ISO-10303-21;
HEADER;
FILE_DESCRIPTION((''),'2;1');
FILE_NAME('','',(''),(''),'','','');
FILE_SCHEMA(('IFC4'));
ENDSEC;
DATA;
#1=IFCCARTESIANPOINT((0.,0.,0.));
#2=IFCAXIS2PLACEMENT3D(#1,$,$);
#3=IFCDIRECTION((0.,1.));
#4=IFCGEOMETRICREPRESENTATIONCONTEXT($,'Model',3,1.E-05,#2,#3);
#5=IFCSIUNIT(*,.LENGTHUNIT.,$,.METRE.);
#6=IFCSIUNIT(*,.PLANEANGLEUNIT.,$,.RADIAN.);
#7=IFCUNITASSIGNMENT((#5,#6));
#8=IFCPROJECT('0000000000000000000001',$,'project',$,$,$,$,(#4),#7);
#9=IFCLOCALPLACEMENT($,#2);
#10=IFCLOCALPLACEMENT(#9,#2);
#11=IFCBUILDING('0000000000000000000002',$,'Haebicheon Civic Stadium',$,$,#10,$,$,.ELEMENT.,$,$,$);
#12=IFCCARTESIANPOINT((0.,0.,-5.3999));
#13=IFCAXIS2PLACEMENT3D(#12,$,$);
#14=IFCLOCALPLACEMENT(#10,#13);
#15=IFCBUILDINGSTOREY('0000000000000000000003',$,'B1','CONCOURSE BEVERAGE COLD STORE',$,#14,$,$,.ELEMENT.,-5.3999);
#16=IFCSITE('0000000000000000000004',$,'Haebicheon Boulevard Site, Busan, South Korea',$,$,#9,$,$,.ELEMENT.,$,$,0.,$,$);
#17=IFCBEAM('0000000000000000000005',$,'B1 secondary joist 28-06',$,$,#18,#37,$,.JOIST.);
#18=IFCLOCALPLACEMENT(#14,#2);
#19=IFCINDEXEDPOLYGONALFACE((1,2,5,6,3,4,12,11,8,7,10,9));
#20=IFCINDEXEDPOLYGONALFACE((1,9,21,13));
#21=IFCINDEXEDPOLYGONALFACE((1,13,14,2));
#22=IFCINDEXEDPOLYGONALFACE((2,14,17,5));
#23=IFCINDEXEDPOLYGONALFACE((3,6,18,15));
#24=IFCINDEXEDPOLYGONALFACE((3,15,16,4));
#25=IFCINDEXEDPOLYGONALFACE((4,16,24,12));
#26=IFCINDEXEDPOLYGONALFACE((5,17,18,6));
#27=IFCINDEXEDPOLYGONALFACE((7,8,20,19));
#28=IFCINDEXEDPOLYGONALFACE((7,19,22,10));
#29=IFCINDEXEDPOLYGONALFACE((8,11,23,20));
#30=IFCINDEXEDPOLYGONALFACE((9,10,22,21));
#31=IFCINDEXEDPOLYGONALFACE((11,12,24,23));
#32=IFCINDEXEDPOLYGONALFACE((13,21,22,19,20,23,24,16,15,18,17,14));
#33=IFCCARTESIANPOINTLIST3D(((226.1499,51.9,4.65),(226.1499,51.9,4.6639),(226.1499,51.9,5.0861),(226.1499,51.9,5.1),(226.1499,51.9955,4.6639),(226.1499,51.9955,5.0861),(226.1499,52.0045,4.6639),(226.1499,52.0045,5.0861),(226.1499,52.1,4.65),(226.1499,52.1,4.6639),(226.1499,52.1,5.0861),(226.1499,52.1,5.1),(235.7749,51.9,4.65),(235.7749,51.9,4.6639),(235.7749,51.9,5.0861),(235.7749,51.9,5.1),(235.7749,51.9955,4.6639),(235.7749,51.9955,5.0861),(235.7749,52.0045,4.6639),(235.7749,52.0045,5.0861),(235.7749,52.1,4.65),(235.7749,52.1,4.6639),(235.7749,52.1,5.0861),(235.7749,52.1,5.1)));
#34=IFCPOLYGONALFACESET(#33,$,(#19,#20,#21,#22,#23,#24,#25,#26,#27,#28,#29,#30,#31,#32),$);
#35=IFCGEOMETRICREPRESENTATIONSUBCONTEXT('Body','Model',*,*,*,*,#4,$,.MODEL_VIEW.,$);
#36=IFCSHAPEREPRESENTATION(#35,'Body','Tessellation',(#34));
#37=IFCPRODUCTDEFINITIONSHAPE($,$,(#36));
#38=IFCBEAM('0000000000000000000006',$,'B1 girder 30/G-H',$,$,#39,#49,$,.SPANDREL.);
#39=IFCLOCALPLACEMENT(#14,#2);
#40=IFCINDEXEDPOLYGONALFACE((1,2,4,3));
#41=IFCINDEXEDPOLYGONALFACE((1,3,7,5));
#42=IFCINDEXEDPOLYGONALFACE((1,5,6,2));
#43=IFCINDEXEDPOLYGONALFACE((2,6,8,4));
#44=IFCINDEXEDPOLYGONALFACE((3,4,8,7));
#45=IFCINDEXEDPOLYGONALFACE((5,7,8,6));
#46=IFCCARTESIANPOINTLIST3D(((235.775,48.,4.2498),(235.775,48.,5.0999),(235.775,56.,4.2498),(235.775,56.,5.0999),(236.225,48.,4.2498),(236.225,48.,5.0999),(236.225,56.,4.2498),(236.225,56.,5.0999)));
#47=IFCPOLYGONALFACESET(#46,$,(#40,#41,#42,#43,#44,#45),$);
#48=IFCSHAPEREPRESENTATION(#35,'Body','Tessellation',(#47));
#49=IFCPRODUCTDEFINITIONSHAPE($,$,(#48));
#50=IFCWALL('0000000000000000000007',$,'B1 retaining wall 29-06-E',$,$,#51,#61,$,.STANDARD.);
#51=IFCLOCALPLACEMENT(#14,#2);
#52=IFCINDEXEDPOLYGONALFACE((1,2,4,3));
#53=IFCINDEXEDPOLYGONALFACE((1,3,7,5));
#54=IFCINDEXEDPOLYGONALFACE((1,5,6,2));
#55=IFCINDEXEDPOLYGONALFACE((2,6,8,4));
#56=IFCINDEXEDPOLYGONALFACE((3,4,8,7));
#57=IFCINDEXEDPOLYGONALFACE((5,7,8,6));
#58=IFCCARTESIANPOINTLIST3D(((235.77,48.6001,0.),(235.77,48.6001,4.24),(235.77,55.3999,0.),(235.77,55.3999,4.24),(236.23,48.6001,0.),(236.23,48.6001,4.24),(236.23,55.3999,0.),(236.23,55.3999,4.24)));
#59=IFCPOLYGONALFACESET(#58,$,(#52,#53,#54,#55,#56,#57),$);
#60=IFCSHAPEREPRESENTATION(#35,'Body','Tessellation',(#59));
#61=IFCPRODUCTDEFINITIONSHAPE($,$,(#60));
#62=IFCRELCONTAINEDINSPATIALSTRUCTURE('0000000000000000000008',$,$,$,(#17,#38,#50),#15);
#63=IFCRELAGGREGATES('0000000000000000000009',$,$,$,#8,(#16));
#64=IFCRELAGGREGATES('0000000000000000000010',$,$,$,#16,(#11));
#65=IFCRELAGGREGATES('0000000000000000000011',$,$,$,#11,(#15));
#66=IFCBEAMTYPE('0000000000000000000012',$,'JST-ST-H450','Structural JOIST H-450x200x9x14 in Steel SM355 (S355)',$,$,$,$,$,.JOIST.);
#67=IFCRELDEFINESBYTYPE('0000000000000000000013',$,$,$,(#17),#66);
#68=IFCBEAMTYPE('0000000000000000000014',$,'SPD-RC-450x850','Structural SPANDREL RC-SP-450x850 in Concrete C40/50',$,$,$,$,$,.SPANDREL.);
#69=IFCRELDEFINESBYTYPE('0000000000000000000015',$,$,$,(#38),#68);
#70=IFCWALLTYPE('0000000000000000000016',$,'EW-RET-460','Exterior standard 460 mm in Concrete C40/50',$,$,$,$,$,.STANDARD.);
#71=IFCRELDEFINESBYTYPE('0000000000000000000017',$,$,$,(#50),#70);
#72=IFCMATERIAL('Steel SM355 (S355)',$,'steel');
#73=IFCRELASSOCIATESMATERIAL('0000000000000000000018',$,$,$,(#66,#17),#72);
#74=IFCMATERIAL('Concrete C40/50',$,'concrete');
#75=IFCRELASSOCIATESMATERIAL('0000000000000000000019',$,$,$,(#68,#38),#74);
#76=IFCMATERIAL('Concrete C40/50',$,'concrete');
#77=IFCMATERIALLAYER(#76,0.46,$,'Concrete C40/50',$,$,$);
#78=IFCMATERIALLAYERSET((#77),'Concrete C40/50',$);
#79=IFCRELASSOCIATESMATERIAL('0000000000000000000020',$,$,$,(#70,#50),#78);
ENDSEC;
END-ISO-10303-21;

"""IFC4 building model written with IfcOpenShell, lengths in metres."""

from ifc_helpers import new_model, si_unit, direction, frame, frame_2d, origin, origin_2d, place, context, subcontext, project, spatial, rectangle, i_section, extrude, material, layer, layer_set, material_profile, profile_set, type_object, element, save


model = new_model("IFC4")

# Units and contexts
model_context = context("Model", 3, precision=1e-05, world=origin(), true_north=direction((0.0, 1.0)))
body_context = subcontext(model_context, "Body", "Model", "MODEL_VIEW")
ifc_project = project(units=[si_unit("LENGTHUNIT", "METRE"), si_unit("PLANEANGLEUNIT", "RADIAN")], contexts=[model_context])

# Site, building, storey
site_placement = place(None, origin())
site = spatial("IfcSite", under=ifc_project, at=site_placement, Name="Haebicheon Boulevard Site, Busan, South Korea", CompositionType="ELEMENT", RefElevation=0.0)
building_placement = place(site_placement, origin())
building = spatial("IfcBuilding", under=site, at=building_placement, Name="Haebicheon Civic Stadium", CompositionType="ELEMENT")
storey_placement = place(building_placement, frame((0.0, 0.0, -5.3999)))
storey = spatial("IfcBuildingStorey", under=building, at=storey_placement, Name="B1", Description="CONCOURSE BEVERAGE COLD STORE", CompositionType="ELEMENT", Elevation=-5.3999)

# Beams
ifc_material_1 = material(Name="Steel SM355 (S355)", Category="steel")
ifc_material_profile_1 = material_profile(ifc_material_1, i_section(OverallWidth=0.2, OverallDepth=0.45, WebThickness=0.009, FlangeThickness=0.0139, at=origin_2d()), Name="H-450x200x9x14")
ifc_profile_set_1 = profile_set([ifc_material_profile_1], Name="Steel SM355 (S355)")
beam_type_1 = type_object("IfcBeamType", Name="JST-ST-H450", Description="Structural JOIST H-450x200x9x14 in Steel SM355 (S355)", PredefinedType="JOIST", material=ifc_profile_set_1)
for number, where, z_axis, x_axis, name in (
    (1, (226.1499, 52.0, 4.875), (1.0, 0.0, 0.0), (0.0, 1.0, 0.0), "B1 secondary joist 28-06"),
):
    element("IfcBeam", number, at=place(storey_placement, frame(where, z_axis=z_axis, x_axis=x_axis)), inside=storey, type_object=beam_type_1, material=ifc_profile_set_1, Name=name, PredefinedType="JOIST", context=body_context, shape_type="SweptSolid", body=[
        extrude(i_section(OverallWidth=0.2, OverallDepth=0.45, WebThickness=0.009, FlangeThickness=0.0139, at=origin_2d()), origin(), (0.0, 0.0, 1.0), 9.625),
    ])
ifc_material_2 = material(Name="Concrete C40/50", Category="concrete")
ifc_material_profile_2 = material_profile(ifc_material_2, rectangle(XDim=0.45, YDim=0.8501, at=origin_2d()), Name="RC-SP-450x850")
ifc_profile_set_2 = profile_set([ifc_material_profile_2], Name="Concrete C40/50")
beam_type_2 = type_object("IfcBeamType", Name="SPD-RC-450x850", Description="Structural SPANDREL RC-SP-450x850 in Concrete C40/50", PredefinedType="SPANDREL", material=ifc_profile_set_2)
beam_placement = place(storey_placement, frame((236.0, 48.0, 4.6748), z_axis=(0.0, 1.0, 0.0), x_axis=(-1.0, 0.0, 0.0)))
element("IfcBeam", 2, at=beam_placement, inside=storey, type_object=beam_type_2, material=ifc_profile_set_2, Name="B1 girder 30/G-H", PredefinedType="SPANDREL", context=body_context, shape_type="SweptSolid", body=[
    extrude(rectangle(XDim=0.45, YDim=0.8501, at=origin_2d()), origin(), (0.0, 0.0, 1.0), 8.0),
])

# Wall
ifc_material_3 = material(Name="Concrete C40/50", Category="concrete")
ifc_layer_1 = layer(ifc_material_3, 0.46, Name="Concrete C40/50")
ifc_layer_set_1 = layer_set([ifc_layer_1], Name="Concrete C40/50")
wall_type = type_object("IfcWallType", Name="EW-RET-460", Description="Exterior standard 460 mm in Concrete C40/50", PredefinedType="STANDARD", material=ifc_layer_set_1)
wall_placement = place(storey_placement, frame((236.0, 48.6001, 0.0), z_axis=(0.0, 0.0, 1.0), x_axis=(0.0, 1.0, 0.0)))
element("IfcWall", 3, at=wall_placement, inside=storey, type_object=wall_type, material=ifc_layer_set_1, Name="B1 retaining wall 29-06-E", PredefinedType="STANDARD", context=body_context, shape_type="SweptSolid", body=[
    extrude(rectangle(XDim=6.7998, YDim=0.46, at=frame_2d((3.3999, 0.0))), origin(), (0.0, 0.0, 1.0), 4.24),
])

save(model, "model.ifc")
